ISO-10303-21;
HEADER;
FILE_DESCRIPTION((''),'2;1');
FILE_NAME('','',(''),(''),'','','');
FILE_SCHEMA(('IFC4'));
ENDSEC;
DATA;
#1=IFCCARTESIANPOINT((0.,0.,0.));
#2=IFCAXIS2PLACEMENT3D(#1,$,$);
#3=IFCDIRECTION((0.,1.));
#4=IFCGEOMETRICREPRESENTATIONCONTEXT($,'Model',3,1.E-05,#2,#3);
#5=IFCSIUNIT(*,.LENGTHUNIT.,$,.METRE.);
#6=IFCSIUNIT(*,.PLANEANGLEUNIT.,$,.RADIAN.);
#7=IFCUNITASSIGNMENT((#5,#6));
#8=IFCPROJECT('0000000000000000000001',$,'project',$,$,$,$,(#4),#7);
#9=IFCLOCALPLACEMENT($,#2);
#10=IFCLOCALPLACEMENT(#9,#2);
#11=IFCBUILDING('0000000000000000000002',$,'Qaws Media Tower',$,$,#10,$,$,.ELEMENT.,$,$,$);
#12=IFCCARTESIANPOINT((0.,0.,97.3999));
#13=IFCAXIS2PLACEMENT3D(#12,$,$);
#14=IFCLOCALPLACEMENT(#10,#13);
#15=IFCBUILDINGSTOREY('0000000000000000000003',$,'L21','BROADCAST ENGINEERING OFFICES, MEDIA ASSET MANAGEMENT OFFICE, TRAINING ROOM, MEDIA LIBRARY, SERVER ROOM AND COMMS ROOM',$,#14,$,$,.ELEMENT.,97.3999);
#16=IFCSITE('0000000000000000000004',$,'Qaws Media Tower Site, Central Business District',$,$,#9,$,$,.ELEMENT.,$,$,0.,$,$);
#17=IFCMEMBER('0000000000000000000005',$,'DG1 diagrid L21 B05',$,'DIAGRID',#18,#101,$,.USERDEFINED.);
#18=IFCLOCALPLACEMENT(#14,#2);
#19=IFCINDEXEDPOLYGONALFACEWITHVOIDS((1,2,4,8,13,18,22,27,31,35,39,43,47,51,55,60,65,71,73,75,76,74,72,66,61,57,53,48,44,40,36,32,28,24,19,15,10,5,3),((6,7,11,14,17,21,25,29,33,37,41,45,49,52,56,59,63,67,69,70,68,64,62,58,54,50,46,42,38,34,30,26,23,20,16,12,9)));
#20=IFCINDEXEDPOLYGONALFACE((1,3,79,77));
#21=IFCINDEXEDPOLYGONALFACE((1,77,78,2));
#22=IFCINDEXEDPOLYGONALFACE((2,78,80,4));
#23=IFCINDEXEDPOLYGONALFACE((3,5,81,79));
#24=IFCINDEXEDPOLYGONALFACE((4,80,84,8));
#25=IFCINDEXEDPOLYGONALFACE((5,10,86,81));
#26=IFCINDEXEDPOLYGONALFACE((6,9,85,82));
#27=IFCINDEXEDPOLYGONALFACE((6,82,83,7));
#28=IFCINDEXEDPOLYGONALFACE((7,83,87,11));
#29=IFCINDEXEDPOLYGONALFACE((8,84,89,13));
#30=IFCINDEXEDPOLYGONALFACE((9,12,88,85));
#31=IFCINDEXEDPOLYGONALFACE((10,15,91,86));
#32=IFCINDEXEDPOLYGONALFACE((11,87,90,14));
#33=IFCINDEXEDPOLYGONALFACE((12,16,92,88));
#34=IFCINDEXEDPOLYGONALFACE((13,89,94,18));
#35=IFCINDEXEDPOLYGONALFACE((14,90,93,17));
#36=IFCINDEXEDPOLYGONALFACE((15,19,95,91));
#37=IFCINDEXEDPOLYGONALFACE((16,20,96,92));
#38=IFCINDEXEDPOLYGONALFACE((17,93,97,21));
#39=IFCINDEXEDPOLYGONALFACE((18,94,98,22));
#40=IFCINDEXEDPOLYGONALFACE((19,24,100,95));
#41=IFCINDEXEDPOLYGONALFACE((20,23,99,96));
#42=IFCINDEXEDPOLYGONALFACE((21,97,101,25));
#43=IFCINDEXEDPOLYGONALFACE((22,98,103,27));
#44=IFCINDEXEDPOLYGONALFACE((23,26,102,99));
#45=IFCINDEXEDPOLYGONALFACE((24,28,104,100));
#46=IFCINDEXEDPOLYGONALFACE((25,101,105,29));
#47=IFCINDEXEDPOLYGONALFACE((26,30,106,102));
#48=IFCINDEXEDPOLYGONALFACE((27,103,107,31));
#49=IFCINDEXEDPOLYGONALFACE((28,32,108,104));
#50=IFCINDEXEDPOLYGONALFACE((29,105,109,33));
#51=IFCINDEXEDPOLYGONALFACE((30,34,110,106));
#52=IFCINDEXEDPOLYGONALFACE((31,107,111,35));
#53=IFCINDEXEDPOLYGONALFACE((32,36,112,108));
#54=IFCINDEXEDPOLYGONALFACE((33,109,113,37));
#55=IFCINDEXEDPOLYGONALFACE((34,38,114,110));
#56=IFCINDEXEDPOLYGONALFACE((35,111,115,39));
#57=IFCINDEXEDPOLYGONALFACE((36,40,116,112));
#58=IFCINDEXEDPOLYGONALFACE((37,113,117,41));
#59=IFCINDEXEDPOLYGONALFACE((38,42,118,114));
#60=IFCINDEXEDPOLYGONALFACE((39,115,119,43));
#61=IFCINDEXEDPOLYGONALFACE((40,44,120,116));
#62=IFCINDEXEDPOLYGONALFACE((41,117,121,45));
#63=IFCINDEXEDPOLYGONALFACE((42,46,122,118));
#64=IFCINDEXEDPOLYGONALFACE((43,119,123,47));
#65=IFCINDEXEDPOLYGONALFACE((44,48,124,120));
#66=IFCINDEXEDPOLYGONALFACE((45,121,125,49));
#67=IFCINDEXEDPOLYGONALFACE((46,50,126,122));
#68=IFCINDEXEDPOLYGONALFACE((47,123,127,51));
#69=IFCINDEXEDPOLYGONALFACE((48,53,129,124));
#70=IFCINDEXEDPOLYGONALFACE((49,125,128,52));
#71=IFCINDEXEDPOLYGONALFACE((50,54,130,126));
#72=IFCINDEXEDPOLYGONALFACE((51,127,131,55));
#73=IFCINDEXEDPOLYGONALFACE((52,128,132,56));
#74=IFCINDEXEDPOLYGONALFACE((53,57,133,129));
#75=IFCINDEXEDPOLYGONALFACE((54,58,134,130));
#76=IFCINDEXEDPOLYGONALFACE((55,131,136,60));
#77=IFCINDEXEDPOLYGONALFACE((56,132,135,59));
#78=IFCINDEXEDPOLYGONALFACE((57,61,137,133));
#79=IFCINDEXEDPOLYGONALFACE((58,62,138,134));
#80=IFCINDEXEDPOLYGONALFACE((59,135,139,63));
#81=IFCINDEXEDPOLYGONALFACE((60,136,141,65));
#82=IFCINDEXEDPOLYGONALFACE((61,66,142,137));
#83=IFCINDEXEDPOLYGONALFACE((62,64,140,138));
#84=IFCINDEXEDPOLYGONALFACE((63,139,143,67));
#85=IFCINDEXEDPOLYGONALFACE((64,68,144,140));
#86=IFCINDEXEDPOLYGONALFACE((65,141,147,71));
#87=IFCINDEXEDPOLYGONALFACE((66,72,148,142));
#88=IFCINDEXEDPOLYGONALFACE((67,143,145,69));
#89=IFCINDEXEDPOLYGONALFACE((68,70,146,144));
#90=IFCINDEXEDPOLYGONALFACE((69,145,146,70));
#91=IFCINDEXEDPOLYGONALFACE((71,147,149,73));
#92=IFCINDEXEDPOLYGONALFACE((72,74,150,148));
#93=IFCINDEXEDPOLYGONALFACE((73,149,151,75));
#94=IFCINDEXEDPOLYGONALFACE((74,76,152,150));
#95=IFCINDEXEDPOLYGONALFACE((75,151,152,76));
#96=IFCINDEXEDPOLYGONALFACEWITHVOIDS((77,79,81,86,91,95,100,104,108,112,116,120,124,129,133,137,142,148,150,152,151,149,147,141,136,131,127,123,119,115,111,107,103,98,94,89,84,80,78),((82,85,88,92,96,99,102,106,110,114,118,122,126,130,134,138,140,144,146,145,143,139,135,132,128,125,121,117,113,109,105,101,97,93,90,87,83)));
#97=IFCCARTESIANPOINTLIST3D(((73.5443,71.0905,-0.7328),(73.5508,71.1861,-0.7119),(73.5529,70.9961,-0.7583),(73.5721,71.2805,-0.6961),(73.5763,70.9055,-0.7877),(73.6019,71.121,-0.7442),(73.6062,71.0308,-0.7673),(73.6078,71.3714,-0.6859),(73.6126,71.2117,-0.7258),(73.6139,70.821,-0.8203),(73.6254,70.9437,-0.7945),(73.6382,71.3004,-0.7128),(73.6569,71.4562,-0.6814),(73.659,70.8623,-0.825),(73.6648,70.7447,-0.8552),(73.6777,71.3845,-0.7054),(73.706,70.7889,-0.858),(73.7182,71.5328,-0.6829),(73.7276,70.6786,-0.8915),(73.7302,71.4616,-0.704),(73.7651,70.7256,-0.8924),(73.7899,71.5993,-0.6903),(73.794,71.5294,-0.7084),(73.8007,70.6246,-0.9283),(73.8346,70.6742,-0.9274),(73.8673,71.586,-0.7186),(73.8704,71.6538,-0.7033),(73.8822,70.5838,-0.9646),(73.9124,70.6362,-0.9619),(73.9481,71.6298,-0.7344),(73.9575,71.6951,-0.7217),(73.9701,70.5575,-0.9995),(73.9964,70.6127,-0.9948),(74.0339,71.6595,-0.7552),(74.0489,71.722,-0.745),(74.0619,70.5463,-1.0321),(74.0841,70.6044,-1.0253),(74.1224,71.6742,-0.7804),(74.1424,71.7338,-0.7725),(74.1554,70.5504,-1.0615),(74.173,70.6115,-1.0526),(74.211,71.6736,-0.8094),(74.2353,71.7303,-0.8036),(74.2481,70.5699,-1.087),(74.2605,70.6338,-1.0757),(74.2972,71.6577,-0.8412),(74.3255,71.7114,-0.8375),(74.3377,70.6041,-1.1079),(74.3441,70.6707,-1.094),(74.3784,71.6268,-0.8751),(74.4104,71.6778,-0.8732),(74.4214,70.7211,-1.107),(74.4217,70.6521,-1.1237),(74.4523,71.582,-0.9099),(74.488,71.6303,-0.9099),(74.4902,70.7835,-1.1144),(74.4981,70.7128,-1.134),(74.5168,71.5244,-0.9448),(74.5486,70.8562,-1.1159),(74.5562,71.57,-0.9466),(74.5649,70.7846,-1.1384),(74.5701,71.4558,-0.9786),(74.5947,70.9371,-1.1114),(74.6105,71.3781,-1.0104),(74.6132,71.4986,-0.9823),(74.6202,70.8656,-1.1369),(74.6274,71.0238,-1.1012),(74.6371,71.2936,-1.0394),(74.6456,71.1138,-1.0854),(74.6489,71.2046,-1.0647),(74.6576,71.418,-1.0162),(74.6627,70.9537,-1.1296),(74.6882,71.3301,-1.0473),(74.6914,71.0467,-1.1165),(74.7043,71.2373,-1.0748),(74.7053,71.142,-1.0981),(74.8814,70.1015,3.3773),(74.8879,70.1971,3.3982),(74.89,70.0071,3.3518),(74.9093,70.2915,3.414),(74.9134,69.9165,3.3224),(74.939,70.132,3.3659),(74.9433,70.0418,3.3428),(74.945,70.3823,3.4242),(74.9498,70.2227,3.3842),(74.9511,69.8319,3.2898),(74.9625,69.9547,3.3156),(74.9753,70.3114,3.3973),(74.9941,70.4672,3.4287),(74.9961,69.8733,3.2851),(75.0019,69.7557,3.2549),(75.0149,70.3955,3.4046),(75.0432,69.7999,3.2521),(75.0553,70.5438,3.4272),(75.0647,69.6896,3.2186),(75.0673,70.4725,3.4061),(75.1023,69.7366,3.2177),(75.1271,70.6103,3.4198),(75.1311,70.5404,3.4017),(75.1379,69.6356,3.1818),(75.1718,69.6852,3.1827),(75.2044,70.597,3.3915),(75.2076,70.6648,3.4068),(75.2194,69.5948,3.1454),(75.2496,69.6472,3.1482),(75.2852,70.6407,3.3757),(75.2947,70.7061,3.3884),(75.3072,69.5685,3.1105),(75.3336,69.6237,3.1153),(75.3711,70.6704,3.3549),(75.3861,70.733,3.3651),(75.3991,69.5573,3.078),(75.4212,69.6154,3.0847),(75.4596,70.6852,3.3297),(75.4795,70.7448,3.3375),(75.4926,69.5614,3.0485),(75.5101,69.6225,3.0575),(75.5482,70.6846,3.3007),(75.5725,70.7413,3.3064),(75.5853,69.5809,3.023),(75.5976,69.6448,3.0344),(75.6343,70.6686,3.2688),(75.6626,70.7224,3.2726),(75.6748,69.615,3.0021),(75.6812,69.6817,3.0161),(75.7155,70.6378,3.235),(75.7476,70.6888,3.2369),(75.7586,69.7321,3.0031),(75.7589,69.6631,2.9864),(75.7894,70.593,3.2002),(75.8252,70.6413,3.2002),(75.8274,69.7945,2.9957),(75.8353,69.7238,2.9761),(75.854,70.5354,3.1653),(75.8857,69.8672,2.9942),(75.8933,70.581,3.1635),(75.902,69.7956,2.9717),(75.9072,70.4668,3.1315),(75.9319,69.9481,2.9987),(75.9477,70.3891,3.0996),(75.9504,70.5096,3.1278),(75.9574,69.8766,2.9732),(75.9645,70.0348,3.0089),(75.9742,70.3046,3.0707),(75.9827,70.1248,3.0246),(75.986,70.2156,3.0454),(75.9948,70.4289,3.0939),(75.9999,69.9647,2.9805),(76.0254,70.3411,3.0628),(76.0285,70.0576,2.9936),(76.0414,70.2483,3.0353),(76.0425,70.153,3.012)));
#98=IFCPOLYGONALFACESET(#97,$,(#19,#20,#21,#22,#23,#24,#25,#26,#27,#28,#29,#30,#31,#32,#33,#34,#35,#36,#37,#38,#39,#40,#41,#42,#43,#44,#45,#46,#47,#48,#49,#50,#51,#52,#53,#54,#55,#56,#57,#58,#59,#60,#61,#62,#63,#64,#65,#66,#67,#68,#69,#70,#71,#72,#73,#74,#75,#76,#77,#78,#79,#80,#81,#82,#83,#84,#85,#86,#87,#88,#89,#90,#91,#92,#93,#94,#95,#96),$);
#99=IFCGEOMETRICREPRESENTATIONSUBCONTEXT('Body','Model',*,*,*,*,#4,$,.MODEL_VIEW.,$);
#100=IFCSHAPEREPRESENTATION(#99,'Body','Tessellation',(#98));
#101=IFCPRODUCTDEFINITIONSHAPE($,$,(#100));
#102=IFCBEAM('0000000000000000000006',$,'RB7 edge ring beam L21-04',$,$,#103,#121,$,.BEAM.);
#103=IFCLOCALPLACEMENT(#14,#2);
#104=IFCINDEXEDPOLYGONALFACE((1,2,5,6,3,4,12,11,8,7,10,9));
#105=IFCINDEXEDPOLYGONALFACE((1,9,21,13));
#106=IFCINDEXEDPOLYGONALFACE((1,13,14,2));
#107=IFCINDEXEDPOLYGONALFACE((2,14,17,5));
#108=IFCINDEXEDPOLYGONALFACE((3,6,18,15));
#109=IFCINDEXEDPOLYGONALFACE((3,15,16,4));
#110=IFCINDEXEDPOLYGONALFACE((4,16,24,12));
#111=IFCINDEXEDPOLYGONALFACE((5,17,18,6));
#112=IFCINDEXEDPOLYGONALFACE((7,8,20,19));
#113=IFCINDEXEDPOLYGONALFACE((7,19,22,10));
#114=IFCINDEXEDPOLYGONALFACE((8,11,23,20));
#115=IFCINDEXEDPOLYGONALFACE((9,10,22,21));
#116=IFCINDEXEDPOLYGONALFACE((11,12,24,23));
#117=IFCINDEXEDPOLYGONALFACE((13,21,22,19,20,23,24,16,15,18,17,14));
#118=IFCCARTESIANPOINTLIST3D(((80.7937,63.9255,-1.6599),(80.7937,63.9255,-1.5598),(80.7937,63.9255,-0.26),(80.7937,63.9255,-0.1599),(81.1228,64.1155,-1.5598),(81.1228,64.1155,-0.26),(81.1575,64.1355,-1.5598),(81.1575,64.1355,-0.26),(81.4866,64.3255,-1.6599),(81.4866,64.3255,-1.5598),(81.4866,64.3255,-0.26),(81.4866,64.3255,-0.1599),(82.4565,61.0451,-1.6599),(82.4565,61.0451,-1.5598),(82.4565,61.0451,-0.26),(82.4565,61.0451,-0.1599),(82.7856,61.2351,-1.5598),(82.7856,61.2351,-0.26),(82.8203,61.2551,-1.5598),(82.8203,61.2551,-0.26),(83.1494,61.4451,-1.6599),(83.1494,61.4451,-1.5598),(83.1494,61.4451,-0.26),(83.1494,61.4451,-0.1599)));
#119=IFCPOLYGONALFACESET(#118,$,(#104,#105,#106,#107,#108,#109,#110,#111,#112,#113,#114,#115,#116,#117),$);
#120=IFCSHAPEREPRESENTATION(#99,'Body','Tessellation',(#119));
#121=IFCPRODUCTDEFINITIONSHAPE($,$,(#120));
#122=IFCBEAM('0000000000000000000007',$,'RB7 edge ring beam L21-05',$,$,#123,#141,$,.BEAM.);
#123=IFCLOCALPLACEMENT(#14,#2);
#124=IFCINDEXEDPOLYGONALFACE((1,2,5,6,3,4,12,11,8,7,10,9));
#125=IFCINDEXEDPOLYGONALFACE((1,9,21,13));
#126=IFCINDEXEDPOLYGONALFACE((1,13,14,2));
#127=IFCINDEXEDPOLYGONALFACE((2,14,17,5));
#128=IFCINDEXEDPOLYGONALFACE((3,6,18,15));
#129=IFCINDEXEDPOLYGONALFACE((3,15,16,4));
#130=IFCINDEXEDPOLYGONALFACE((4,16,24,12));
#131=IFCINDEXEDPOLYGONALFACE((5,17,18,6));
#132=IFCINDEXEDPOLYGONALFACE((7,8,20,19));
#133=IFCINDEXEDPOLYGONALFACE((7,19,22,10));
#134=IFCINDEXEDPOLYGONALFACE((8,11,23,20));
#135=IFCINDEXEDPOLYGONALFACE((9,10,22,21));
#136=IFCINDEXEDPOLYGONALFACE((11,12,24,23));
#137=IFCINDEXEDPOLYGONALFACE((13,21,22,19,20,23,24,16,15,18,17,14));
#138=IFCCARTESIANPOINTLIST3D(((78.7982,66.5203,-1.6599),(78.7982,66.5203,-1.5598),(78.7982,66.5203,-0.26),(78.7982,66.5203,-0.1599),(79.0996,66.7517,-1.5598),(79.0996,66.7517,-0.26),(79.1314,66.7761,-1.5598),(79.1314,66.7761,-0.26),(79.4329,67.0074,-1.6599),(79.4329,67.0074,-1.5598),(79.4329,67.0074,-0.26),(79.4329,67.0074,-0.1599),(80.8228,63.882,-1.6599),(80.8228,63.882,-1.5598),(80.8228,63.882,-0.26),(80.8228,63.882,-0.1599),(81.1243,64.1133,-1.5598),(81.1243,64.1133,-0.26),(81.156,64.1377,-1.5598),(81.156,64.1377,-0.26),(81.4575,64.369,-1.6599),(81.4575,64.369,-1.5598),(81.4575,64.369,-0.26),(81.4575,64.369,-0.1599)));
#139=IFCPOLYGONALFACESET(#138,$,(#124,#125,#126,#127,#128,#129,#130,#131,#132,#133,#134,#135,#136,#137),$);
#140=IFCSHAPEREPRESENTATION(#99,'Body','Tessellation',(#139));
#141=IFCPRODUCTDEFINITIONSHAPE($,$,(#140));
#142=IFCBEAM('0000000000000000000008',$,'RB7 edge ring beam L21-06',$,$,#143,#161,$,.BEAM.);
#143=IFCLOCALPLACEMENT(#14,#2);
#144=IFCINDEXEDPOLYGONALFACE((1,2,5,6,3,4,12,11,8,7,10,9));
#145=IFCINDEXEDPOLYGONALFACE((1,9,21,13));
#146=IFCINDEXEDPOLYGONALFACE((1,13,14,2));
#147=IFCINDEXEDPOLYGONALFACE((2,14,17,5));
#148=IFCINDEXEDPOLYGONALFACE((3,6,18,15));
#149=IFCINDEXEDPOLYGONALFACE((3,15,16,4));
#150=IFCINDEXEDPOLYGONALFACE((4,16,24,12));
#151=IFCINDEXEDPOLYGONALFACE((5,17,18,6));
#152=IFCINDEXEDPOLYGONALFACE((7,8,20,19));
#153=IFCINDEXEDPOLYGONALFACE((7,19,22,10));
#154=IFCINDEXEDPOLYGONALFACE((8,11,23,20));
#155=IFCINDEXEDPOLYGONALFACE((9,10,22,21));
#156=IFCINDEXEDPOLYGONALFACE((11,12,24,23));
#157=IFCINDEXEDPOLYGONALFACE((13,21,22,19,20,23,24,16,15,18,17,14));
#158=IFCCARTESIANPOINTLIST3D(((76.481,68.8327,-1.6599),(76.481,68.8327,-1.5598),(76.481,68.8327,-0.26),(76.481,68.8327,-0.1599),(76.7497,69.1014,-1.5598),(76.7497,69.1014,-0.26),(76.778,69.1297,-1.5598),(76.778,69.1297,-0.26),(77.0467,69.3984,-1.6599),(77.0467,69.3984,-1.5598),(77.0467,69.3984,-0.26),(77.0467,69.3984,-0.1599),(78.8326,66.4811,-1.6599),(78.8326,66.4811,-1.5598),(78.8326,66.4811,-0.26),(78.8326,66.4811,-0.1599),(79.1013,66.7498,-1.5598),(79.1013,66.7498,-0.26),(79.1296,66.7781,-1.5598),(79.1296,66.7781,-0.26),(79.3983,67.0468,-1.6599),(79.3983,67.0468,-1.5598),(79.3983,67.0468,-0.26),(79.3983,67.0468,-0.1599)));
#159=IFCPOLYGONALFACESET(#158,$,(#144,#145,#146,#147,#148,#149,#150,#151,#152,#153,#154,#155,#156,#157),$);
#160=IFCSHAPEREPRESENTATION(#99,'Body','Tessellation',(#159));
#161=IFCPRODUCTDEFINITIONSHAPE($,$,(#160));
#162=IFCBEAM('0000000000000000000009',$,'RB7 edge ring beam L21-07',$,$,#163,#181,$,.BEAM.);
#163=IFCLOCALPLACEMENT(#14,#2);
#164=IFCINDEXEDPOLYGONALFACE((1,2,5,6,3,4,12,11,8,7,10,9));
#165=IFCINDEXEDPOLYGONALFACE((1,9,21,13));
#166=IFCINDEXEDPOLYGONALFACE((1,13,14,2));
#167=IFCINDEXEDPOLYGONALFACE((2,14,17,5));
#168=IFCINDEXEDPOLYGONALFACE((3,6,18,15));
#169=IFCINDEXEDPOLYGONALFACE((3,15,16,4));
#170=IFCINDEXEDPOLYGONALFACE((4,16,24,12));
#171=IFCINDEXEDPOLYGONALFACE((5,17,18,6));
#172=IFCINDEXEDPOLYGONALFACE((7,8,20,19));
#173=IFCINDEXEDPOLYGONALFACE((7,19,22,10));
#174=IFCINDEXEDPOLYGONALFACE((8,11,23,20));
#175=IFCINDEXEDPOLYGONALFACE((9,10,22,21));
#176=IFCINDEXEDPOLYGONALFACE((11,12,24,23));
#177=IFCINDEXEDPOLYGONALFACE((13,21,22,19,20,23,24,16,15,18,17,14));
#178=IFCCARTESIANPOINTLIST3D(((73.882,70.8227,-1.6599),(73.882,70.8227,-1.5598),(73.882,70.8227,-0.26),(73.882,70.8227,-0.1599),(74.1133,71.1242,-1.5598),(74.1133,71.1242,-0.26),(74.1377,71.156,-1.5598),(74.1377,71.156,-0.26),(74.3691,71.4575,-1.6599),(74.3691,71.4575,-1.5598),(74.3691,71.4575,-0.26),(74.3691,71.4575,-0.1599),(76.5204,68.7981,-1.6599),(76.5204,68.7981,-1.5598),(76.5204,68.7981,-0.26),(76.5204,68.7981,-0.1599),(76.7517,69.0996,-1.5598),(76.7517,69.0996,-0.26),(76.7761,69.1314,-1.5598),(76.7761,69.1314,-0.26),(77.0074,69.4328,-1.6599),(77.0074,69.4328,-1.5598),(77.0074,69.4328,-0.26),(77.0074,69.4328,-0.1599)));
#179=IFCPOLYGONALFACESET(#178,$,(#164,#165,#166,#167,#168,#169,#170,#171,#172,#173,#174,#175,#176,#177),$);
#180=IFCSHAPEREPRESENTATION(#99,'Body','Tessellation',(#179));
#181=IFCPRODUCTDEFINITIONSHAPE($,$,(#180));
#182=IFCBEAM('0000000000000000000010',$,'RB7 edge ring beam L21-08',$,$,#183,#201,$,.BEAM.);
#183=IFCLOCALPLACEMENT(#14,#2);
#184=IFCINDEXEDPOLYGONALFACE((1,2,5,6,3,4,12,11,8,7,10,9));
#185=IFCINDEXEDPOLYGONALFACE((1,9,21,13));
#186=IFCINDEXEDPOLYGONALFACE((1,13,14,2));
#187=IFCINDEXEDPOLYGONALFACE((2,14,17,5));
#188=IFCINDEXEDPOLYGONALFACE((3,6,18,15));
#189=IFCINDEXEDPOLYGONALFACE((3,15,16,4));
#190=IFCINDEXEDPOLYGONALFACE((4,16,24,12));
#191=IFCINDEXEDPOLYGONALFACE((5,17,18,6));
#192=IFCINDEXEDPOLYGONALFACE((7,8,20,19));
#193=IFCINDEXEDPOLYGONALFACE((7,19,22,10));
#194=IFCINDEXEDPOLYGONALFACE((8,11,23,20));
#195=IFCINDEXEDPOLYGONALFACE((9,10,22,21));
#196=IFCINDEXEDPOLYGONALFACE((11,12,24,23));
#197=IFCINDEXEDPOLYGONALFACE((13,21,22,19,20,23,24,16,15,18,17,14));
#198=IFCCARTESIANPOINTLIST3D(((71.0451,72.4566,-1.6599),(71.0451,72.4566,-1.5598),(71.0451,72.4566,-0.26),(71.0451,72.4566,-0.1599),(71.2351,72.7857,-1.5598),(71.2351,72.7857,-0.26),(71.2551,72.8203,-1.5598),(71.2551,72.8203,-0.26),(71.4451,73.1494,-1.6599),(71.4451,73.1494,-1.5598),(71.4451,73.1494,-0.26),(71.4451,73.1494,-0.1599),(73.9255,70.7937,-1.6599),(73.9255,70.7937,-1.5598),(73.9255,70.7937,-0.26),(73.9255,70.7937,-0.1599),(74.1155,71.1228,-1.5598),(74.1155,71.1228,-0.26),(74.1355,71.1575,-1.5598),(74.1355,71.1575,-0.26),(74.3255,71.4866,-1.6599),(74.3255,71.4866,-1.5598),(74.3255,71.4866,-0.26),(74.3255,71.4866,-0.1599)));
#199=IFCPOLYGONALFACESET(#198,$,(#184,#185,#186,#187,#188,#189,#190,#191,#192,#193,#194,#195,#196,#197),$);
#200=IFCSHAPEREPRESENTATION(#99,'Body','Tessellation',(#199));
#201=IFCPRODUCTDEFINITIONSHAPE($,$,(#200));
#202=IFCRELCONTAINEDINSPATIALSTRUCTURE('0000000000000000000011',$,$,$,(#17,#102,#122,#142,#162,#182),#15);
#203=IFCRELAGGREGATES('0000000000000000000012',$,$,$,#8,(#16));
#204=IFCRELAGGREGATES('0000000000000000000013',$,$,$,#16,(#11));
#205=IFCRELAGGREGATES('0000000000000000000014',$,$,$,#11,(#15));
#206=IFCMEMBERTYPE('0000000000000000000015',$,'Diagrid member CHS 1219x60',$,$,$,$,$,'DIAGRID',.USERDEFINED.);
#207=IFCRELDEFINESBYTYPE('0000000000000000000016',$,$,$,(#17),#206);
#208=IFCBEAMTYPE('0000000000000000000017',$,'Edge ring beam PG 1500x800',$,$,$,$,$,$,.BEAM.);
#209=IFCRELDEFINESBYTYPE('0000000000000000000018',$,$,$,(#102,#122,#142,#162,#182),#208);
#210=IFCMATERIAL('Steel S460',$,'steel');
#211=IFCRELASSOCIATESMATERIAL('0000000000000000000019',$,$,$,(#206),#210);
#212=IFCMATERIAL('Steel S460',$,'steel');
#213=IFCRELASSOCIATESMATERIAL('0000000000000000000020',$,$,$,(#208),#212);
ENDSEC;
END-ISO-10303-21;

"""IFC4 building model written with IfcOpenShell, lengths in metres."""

from ifc_helpers import new_model, si_unit, direction, frame, origin, origin_2d, place, context, subcontext, project, spatial, hollow_circle, i_section, extrude, material, material_profile, profile_set, type_object, element, save


model = new_model("IFC4")

# Units and contexts
model_context = context("Model", 3, precision=1e-05, world=origin(), true_north=direction((0.0, 1.0)))
body_context = subcontext(model_context, "Body", "Model", "MODEL_VIEW")
ifc_project = project(units=[si_unit("LENGTHUNIT", "METRE"), si_unit("PLANEANGLEUNIT", "RADIAN")], contexts=[model_context])

# Site, building, storey
site_placement = place(None, origin())
site = spatial("IfcSite", under=ifc_project, at=site_placement, Name="Qaws Media Tower Site, Central Business District", CompositionType="ELEMENT", RefElevation=0.0)
building_placement = place(site_placement, origin())
building = spatial("IfcBuilding", under=site, at=building_placement, Name="Qaws Media Tower", CompositionType="ELEMENT")
storey_placement = place(building_placement, frame((0.0, 0.0, 97.3999)))
storey = spatial("IfcBuildingStorey", under=building, at=storey_placement, Name="L21", Description="BROADCAST ENGINEERING OFFICES, MEDIA ASSET MANAGEMENT OFFICE, TRAINING ROOM, MEDIA LIBRARY, SERVER ROOM AND COMMS ROOM", CompositionType="ELEMENT", Elevation=97.3999)

# Member
ifc_material_1 = material(Name="Steel S460", Category="steel")
ifc_material_profile_1 = material_profile(ifc_material_1, hollow_circle(Radius=0.6096, WallThickness=0.0601, at=origin_2d()), Name="CHS 1219x60")
ifc_profile_set_1 = profile_set([ifc_material_profile_1], Name="Steel S460")
member_type_1 = type_object("IfcMemberType", Name="Diagrid member CHS 1219x60", ElementType="DIAGRID", PredefinedType="USERDEFINED", material=ifc_profile_set_1)
for number, where, z_axis, x_axis, name in (
    (1, (74.1255, 71.1401, -0.9099), (0.301579, -0.223059, 0.926982), (0.594655, 0.803981, 0.0), "DG1 diagrid L21 B05"),
):
    element("IfcMember", number, at=place(storey_placement, frame(where, z_axis=z_axis, x_axis=x_axis)), inside=storey, type_object=member_type_1, Name=name, ObjectType="DIAGRID", PredefinedType="USERDEFINED", context=body_context, shape_type="SweptSolid", body=[
        extrude(hollow_circle(Radius=0.6096, WallThickness=0.0601, at=origin_2d()), origin(), (0.0, 0.0, 1.0), 4.4338),
    ])

# Beams
ifc_material_2 = material(Name="Steel S460", Category="steel")
ifc_material_profile_2 = material_profile(ifc_material_2, i_section(OverallWidth=0.8, OverallDepth=1.5, WebThickness=0.04, FlangeThickness=0.1001, at=origin_2d()), Name="PG 1500x800")
ifc_profile_set_2 = profile_set([ifc_material_profile_2], Name="Steel S460")
beam_type = type_object("IfcBeamType", Name="Edge ring beam PG 1500x800", PredefinedType="BEAM", material=ifc_profile_set_2)
beam_1_placement = place(storey_placement, frame((82.803, 61.2451, -0.9099), z_axis=(-0.499968, 0.866044, 0.0), x_axis=(-0.866044, -0.499968, 0.0)))
element("IfcBeam", 2, at=beam_1_placement, inside=storey, type_object=beam_type, Name="RB7 edge ring beam L21-04", PredefinedType="BEAM", context=body_context, shape_type="SweptSolid", body=[
    extrude(i_section(OverallWidth=0.8, OverallDepth=1.5, WebThickness=0.04, FlangeThickness=0.1001, at=origin_2d()), origin(), (0.0, 0.0, 1.0), 3.3259),
])
for number, where, z_axis, x_axis, name in (
    (3, (81.1401, 64.1255, -0.9099), (-0.608784, 0.793336, 0.0), (-0.793336, -0.608784, 0.0), "RB7 edge ring beam L21-05"),
    (4, (79.1155, 66.7639, -0.9099), (-0.707107, 0.707107, 0.0), (-0.707107, -0.707107, 0.0), "RB7 edge ring beam L21-06"),
    (5, (76.7639, 69.1155, -0.9099), (-0.793336, 0.608784, 0.0), (-0.608784, -0.793336, 0.0), "RB7 edge ring beam L21-07"),
):
    element("IfcBeam", number, at=place(storey_placement, frame(where, z_axis=z_axis, x_axis=x_axis)), inside=storey, type_object=beam_type, Name=name, PredefinedType="BEAM", context=body_context, shape_type="SweptSolid", body=[
        extrude(i_section(OverallWidth=0.8, OverallDepth=1.5, WebThickness=0.04, FlangeThickness=0.1001, at=origin_2d()), origin(), (0.0, 0.0, 1.0), 3.3257),
    ])
beam_2_placement = place(storey_placement, frame((74.1255, 71.1401, -0.9099), z_axis=(-0.866044, 0.499968, 0.0), x_axis=(-0.499968, -0.866044, 0.0)))
element("IfcBeam", 6, at=beam_2_placement, inside=storey, type_object=beam_type, Name="RB7 edge ring beam L21-08", PredefinedType="BEAM", context=body_context, shape_type="SweptSolid", body=[
    extrude(i_section(OverallWidth=0.8, OverallDepth=1.5, WebThickness=0.04, FlangeThickness=0.1001, at=origin_2d()), origin(), (0.0, 0.0, 1.0), 3.3259),
])

save(model, "model.ifc")
